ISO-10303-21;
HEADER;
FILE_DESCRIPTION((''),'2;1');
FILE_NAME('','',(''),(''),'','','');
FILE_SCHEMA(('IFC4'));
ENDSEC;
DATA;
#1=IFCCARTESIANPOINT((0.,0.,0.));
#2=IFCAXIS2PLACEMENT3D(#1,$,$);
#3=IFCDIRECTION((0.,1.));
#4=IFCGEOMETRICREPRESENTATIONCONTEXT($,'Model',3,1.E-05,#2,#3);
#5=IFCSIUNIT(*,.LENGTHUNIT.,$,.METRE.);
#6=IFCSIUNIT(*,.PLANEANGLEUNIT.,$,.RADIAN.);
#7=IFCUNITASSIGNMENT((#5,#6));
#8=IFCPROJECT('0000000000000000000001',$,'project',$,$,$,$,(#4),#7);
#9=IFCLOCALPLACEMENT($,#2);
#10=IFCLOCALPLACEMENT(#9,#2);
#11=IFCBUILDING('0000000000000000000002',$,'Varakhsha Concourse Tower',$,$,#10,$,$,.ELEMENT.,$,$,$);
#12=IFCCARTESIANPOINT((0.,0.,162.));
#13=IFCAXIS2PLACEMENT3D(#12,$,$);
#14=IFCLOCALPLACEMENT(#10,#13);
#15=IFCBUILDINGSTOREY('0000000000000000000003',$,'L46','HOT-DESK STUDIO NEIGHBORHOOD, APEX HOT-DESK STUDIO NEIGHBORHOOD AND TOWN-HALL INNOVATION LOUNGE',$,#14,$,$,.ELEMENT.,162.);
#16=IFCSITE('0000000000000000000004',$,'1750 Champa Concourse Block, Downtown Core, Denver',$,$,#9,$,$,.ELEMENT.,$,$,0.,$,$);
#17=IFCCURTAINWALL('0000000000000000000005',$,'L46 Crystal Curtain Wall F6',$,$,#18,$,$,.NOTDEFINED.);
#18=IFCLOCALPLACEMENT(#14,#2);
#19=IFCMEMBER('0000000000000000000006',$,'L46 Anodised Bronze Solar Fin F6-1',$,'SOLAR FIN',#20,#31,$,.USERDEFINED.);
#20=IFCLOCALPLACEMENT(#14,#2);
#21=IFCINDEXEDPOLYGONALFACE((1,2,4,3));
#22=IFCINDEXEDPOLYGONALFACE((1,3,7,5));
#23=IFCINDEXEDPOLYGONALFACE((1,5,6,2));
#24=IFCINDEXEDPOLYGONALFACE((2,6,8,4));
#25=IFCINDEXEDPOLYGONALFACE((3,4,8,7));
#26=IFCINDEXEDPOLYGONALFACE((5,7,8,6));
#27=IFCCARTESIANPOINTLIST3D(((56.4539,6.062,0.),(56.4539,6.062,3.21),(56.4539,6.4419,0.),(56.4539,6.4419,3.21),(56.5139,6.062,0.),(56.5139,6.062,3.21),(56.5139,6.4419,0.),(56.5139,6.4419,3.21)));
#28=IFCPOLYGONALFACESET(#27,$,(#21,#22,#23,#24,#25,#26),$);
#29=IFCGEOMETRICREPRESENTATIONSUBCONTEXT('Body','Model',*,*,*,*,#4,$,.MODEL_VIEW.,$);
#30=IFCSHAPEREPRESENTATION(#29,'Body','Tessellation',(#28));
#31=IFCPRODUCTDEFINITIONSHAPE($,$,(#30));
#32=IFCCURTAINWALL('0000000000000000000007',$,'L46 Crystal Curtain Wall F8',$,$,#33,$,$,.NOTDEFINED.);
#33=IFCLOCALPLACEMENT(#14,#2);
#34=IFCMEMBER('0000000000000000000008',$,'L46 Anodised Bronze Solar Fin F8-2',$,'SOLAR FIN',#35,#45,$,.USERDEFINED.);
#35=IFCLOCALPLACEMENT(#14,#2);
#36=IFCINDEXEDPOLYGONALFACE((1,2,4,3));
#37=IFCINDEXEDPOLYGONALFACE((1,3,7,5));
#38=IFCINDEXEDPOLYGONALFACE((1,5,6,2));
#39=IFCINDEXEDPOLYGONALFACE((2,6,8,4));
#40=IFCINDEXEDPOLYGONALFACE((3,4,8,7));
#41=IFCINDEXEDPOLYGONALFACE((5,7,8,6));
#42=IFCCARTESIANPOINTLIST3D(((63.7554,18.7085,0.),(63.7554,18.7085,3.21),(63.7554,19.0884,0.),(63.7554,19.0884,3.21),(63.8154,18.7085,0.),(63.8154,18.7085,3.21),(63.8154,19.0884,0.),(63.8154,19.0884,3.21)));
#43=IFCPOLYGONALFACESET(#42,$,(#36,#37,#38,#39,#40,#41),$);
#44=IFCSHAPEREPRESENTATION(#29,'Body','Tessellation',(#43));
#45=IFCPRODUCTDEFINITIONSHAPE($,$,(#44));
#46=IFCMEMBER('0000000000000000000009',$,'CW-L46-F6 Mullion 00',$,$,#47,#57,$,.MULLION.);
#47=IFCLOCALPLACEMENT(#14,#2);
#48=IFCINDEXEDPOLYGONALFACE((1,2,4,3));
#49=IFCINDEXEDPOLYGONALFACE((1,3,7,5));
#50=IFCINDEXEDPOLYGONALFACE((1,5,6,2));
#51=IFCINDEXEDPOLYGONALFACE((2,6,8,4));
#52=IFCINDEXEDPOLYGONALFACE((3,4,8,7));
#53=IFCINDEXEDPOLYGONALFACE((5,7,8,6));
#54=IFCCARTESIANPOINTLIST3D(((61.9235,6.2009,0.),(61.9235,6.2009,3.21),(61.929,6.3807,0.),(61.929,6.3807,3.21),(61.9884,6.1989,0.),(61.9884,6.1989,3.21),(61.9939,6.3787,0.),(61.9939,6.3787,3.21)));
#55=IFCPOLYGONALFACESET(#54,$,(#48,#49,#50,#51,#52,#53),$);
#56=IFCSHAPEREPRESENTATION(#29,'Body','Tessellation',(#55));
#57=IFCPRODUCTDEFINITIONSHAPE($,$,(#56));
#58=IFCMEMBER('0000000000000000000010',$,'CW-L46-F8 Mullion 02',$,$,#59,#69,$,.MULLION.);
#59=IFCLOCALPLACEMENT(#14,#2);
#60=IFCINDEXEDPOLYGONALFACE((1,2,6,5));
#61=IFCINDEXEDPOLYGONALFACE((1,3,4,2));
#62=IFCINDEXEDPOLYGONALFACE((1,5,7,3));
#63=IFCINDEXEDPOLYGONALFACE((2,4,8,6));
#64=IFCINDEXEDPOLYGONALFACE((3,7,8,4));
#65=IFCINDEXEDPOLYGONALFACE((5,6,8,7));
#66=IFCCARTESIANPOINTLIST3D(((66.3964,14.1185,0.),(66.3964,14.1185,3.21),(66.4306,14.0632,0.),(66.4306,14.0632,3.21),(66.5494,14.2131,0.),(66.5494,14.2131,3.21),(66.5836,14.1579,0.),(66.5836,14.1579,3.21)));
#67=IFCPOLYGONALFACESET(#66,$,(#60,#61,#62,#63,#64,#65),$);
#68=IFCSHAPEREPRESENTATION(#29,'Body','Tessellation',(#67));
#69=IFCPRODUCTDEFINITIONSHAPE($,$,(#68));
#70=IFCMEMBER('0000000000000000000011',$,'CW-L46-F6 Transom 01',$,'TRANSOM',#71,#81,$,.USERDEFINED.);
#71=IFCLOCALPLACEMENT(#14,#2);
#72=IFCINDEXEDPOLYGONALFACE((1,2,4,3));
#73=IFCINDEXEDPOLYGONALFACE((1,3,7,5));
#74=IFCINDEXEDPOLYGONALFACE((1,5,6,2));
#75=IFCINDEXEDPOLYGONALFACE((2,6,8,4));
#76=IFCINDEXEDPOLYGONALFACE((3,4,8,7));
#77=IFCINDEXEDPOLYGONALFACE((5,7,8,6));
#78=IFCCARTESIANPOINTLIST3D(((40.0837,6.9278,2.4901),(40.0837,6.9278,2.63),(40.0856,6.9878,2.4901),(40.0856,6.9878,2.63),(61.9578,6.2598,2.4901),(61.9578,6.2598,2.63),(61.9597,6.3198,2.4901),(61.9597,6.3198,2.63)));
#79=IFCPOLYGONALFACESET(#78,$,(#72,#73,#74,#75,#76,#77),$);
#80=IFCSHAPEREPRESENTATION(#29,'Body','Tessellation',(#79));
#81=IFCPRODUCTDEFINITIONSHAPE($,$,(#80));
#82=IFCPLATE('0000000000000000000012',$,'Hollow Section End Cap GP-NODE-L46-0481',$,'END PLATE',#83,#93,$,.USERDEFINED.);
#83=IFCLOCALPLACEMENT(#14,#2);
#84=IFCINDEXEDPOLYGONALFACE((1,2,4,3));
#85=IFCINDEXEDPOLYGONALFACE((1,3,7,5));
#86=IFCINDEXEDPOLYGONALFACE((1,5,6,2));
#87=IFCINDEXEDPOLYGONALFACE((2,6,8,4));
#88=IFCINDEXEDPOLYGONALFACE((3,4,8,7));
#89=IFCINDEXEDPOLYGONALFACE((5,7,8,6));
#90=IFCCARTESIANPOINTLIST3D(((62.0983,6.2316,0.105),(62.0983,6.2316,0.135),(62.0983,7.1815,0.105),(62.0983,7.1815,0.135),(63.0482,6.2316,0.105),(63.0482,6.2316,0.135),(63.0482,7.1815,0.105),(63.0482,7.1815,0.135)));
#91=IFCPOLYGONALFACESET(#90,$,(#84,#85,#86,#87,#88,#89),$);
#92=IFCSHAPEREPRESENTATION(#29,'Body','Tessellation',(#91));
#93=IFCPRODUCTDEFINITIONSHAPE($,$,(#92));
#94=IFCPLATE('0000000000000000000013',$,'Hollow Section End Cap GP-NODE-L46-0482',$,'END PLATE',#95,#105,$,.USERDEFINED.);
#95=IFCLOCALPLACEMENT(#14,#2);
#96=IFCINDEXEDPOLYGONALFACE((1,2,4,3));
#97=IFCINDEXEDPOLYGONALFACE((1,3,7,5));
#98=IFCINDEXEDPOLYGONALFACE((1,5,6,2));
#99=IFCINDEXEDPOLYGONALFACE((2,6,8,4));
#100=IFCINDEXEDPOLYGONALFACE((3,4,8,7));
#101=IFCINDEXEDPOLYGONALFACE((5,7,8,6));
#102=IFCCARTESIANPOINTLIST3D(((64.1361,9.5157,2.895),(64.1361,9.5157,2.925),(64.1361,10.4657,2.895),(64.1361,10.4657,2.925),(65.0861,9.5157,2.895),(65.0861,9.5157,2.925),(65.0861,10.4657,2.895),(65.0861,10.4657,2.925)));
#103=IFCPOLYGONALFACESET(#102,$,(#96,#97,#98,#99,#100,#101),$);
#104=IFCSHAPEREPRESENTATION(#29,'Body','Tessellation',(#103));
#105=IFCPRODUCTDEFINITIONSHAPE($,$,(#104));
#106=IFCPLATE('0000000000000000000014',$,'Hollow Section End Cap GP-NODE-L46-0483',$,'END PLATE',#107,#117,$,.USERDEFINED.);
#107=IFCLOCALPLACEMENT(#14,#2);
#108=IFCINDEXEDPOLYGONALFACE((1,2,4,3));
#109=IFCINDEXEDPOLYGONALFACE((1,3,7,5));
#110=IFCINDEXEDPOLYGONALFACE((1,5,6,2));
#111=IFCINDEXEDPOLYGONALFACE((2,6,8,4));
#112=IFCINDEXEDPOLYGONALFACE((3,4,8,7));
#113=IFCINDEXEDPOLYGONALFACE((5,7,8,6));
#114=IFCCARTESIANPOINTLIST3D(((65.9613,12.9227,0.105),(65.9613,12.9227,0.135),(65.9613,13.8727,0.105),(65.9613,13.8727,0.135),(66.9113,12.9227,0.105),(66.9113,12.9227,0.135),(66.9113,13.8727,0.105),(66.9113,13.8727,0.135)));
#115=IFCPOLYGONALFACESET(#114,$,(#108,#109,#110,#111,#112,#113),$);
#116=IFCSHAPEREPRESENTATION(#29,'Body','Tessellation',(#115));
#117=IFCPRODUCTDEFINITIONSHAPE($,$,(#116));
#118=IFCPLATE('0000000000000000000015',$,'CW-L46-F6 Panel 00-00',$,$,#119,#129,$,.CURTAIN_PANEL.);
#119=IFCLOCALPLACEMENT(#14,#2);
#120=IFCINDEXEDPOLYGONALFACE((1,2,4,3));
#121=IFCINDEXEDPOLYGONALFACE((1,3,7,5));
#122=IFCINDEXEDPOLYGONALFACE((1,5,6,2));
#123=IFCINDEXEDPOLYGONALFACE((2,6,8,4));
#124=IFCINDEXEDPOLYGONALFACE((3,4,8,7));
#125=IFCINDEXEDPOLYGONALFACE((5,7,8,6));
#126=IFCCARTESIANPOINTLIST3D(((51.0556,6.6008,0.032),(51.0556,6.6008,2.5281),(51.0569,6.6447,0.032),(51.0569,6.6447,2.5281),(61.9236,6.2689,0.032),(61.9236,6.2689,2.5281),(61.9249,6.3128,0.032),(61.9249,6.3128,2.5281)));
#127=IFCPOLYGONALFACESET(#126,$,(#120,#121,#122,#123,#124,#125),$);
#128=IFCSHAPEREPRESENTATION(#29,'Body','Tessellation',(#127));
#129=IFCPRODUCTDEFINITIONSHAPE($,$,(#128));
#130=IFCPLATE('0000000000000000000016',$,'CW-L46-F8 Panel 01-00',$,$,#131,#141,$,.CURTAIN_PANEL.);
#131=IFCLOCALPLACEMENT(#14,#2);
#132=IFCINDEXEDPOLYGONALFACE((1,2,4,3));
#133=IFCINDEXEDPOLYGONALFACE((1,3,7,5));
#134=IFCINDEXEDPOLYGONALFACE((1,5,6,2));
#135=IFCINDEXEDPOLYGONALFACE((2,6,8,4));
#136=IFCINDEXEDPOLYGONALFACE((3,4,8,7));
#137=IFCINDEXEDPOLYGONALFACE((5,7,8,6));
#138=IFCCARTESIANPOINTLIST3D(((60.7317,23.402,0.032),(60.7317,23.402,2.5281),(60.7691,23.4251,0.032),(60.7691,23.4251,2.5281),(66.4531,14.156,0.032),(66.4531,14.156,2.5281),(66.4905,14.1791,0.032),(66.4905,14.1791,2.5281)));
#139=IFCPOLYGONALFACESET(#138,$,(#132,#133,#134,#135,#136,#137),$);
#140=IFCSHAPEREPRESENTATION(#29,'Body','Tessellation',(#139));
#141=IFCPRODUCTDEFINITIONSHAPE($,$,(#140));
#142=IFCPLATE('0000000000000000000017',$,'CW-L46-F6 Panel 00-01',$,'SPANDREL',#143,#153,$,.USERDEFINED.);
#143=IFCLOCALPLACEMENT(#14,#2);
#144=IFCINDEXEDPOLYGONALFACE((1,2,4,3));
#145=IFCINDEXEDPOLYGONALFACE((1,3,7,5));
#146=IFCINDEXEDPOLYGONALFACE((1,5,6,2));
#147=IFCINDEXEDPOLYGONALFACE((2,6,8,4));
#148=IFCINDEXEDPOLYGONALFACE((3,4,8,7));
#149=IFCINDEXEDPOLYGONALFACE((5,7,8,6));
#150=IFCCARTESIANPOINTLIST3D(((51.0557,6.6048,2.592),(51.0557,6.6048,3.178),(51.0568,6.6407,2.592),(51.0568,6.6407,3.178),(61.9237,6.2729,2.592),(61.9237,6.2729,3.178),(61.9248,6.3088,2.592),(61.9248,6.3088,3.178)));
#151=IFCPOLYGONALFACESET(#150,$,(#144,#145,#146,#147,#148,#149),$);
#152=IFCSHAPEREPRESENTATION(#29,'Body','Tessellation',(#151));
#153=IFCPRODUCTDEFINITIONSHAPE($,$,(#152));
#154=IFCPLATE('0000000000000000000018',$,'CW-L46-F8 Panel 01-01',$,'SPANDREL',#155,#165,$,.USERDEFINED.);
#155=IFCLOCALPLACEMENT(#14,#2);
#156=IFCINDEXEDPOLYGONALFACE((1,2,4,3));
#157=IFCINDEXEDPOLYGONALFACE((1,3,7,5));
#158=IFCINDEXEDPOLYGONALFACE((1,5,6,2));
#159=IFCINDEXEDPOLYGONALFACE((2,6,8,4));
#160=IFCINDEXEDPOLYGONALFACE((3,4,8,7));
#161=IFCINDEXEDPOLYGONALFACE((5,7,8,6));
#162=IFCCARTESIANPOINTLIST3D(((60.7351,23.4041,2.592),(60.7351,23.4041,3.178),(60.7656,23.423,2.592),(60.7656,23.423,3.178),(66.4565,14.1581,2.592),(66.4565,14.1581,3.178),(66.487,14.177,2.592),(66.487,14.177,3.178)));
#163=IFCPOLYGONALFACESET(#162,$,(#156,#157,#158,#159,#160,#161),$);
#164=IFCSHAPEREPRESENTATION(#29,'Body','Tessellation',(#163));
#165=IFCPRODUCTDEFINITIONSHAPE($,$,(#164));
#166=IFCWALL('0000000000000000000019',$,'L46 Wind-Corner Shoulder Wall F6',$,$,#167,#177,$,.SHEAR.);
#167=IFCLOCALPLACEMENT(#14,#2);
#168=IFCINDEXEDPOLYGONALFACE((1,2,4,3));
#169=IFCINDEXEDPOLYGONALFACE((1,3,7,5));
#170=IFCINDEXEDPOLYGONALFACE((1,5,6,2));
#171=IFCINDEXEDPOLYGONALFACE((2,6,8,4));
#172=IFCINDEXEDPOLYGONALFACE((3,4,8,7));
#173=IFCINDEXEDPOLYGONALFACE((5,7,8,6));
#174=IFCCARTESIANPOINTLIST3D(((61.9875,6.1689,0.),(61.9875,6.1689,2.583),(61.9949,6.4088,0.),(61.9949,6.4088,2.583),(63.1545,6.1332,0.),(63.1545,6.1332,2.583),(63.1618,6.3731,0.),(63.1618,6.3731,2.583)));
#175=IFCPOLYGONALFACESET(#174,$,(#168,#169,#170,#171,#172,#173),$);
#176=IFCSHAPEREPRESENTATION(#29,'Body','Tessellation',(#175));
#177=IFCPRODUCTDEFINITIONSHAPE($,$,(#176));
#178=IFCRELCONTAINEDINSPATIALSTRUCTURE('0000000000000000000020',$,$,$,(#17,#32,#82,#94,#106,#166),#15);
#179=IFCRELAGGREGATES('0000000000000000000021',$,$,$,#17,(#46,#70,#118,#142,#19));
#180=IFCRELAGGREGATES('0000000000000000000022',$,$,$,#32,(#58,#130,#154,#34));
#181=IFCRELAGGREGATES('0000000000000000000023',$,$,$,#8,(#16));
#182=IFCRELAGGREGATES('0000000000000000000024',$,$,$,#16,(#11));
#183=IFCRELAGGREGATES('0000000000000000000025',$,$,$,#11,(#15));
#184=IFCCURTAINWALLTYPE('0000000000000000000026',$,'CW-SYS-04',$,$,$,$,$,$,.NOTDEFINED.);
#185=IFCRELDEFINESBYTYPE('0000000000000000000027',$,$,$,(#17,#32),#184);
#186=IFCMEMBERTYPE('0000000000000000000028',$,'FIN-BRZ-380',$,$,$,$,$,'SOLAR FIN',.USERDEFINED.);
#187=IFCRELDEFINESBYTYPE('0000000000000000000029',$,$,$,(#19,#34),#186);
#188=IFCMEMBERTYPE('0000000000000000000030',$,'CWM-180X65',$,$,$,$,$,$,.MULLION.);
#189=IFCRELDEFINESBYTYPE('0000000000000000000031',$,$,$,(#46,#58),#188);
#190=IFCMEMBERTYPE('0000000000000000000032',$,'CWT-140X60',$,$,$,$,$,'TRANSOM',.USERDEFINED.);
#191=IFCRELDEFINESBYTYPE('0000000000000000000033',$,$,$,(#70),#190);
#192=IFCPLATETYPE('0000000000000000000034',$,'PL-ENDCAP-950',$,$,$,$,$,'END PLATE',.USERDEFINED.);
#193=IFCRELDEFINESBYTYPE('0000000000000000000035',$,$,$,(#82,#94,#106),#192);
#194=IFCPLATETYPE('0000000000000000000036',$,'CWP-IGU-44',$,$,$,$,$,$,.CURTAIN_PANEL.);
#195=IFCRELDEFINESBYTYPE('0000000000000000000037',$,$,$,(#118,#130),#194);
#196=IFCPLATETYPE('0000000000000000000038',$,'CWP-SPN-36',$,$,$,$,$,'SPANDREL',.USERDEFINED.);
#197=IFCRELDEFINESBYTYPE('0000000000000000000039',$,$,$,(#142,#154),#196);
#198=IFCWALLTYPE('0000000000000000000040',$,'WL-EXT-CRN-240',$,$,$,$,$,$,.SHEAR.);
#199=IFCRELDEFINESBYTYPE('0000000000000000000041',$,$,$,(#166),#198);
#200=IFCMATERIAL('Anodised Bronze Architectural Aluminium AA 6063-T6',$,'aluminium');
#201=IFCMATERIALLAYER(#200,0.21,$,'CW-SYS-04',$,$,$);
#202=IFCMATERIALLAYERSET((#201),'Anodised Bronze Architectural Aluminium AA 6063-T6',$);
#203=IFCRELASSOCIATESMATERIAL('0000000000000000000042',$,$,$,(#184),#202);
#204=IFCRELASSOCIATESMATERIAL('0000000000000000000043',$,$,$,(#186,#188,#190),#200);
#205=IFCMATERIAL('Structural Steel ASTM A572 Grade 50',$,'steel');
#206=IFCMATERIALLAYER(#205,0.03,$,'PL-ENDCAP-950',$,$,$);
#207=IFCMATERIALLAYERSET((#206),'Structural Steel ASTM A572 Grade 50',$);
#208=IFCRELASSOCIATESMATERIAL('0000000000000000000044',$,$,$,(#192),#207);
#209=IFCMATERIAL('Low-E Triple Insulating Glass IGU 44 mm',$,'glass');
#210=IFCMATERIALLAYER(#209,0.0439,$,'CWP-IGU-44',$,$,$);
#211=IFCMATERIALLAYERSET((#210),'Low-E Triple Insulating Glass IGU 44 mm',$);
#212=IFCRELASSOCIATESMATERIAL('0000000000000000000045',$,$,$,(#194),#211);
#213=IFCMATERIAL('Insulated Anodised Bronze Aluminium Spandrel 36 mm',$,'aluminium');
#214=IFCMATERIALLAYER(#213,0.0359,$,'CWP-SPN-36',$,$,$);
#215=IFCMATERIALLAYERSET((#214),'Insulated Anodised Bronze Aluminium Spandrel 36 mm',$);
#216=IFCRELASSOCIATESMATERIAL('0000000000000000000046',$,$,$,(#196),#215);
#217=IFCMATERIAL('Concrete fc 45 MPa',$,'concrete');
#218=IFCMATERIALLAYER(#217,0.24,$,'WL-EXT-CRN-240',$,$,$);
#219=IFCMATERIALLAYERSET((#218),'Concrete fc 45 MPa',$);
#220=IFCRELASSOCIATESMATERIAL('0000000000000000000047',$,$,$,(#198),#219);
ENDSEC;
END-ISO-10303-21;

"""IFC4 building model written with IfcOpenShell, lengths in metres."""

from ifc_helpers import new_model, si_unit, direction, frame, frame_2d, origin, origin_2d, place, context, subcontext, project, spatial, rectangle, extrude, source, transform, mapped, material, layer, layer_set, material_profile, profile_set, type_object, type_shapes, element, aggregate, save


model = new_model("IFC4")

# Units and contexts
model_context = context("Model", 3, precision=1e-05, world=origin(), true_north=direction((0.0, 1.0)))
body_context = subcontext(model_context, "Body", "Model", "MODEL_VIEW")
ifc_project = project(units=[si_unit("LENGTHUNIT", "METRE"), si_unit("PLANEANGLEUNIT", "RADIAN")], contexts=[model_context])

# Site, building, storey
site_placement = place(None, origin())
site = spatial("IfcSite", under=ifc_project, at=site_placement, Name="1750 Champa Concourse Block, Downtown Core, Denver", CompositionType="ELEMENT", RefElevation=0.0)
building_placement = place(site_placement, origin())
building = spatial("IfcBuilding", under=site, at=building_placement, Name="Varakhsha Concourse Tower", CompositionType="ELEMENT")
storey_placement = place(building_placement, frame((0.0, 0.0, 162.0)))
storey = spatial("IfcBuildingStorey", under=building, at=storey_placement, Name="L46", Description="HOT-DESK STUDIO NEIGHBORHOOD, APEX HOT-DESK STUDIO NEIGHBORHOOD AND TOWN-HALL INNOVATION LOUNGE", CompositionType="ELEMENT", Elevation=162.0)

# Shared definitions
ifc_material_1 = material(Name="Structural Steel ASTM A572 Grade 50", Category="steel")

# Curtain walls, members
ifc_material_2 = material(Name="Anodised Bronze Architectural Aluminium AA 6063-T6", Category="aluminium")
ifc_layer_1 = layer(ifc_material_2, 0.21, Name="CW-SYS-04")
ifc_layer_set_1 = layer_set([ifc_layer_1], Name="Anodised Bronze Architectural Aluminium AA 6063-T6")
curtain_wall_type = type_object("IfcCurtainWallType", Name="CW-SYS-04", PredefinedType="NOTDEFINED", material=ifc_layer_set_1)
curtain_wall_1_placement = place(storey_placement, origin())
curtain_wall_1 = element("IfcCurtainWall", 1, at=curtain_wall_1_placement, inside=storey, type_object=curtain_wall_type, Name="L46 Crystal Curtain Wall F6", PredefinedType="NOTDEFINED")
ifc_material_profile_1 = material_profile(ifc_material_2, rectangle(XDim=0.0601, YDim=0.3799, at=origin_2d()), Name="FIN-BRZ-380")
ifc_profile_set_1 = profile_set([ifc_material_profile_1], Name="Anodised Bronze Architectural Aluminium AA 6063-T6")
member_type_1 = type_object("IfcMemberType", Name="FIN-BRZ-380", ElementType="SOLAR FIN", PredefinedType="USERDEFINED", material=ifc_profile_set_1)
shared_shape_1 = source(origin(), body_context, "Body", "SweptSolid", [
    extrude(rectangle(XDim=0.0601, YDim=0.3799, at=origin_2d()), origin(), (0.0, 0.0, 1.0), 3.21),
])
type_shapes(member_type_1, [shared_shape_1])
member_1_placement = place(storey_placement, frame((56.4839, 6.252, 0.0), z_axis=(0.0, 0.0, 1.0), x_axis=(1.0, 0.0, 0.0)))
member_1 = element("IfcMember", 2, at=member_1_placement, type_object=member_type_1, Name="L46 Anodised Bronze Solar Fin F6-1", ObjectType="SOLAR FIN", PredefinedType="USERDEFINED", context=body_context, shape_type="MappedRepresentation", body=[
    mapped(shared_shape_1, transform((0.0, 0.0, 0.0), scale=1.0)),
])
curtain_wall_2_placement = place(storey_placement, origin())
curtain_wall_2 = element("IfcCurtainWall", 3, at=curtain_wall_2_placement, inside=storey, type_object=curtain_wall_type, Name="L46 Crystal Curtain Wall F8", PredefinedType="NOTDEFINED")
member_2_placement = place(storey_placement, frame((63.7854, 18.8984, 0.0), z_axis=(0.0, 0.0, 1.0), x_axis=(1.0, 0.0, 0.0)))
member_2 = element("IfcMember", 4, at=member_2_placement, type_object=member_type_1, Name="L46 Anodised Bronze Solar Fin F8-2", ObjectType="SOLAR FIN", PredefinedType="USERDEFINED", context=body_context, shape_type="MappedRepresentation", body=[
    mapped(shared_shape_1, transform((0.0, 0.0, 0.0), scale=1.0)),
])

# Members
ifc_material_profile_2 = material_profile(ifc_material_2, rectangle(XDim=0.0649, YDim=0.1799, at=origin_2d()), Name="CWM-180X65")
ifc_profile_set_2 = profile_set([ifc_material_profile_2], Name="Anodised Bronze Architectural Aluminium AA 6063-T6")
member_type_2 = type_object("IfcMemberType", Name="CWM-180X65", PredefinedType="MULLION", material=ifc_profile_set_2)
shared_shape_2 = source(origin(), body_context, "Body", "SweptSolid", [
    extrude(rectangle(XDim=0.0649, YDim=0.1799, at=origin_2d()), origin(), (0.0, 0.0, 1.0), 3.21),
])
type_shapes(member_type_2, [shared_shape_2])
member_3_placement = place(storey_placement, frame((61.9587, 6.2898, 0.0), z_axis=(0.0, 0.0, 1.0), x_axis=(-0.999534, 0.030525, 0.0)))
member_3 = element("IfcMember", 5, at=member_3_placement, type_object=member_type_2, Name="CW-L46-F6 Mullion 00", PredefinedType="MULLION", context=body_context, shape_type="MappedRepresentation", body=[
    mapped(shared_shape_2, transform((0.0, 0.0, 0.0), scale=1.0)),
])
member_4_placement = place(storey_placement, frame((66.49, 14.1382, 0.0), z_axis=(0.0, 0.0, 1.0), x_axis=(0.526199, -0.850361, 0.0)))
member_4 = element("IfcMember", 6, at=member_4_placement, type_object=member_type_2, Name="CW-L46-F8 Mullion 02", PredefinedType="MULLION", context=body_context, shape_type="MappedRepresentation", body=[
    mapped(shared_shape_2, transform((0.0, 0.0, 0.0), scale=1.0)),
])
ifc_material_profile_3 = material_profile(ifc_material_2, rectangle(XDim=0.0601, YDim=0.1399, at=origin_2d()), Name="CWT-140X60")
ifc_profile_set_3 = profile_set([ifc_material_profile_3], Name="Anodised Bronze Architectural Aluminium AA 6063-T6")
member_type_3 = type_object("IfcMemberType", Name="CWT-140X60", ElementType="TRANSOM", PredefinedType="USERDEFINED", material=ifc_profile_set_3)
shared_shape_3 = source(origin(), body_context, "Body", "SweptSolid", [
    extrude(rectangle(XDim=0.0601, YDim=0.1399, at=origin_2d()), origin(), (0.0, 0.0, 1.0), 21.8843),
])
type_shapes(member_type_3, [shared_shape_3])
member_5_placement = place(storey_placement, frame((61.9587, 6.2898, 2.5601), z_axis=(-0.999534, 0.030523, 0.0), x_axis=(-0.030523, -0.999534, 0.0)))
member_5 = element("IfcMember", 7, at=member_5_placement, type_object=member_type_3, Name="CW-L46-F6 Transom 01", ObjectType="TRANSOM", PredefinedType="USERDEFINED", context=body_context, shape_type="MappedRepresentation", body=[
    mapped(shared_shape_3, transform((0.0, 0.0, 0.0), scale=1.0)),
])

# Plates
ifc_layer_2 = layer(ifc_material_1, 0.03, Name="PL-ENDCAP-950")
ifc_layer_set_2 = layer_set([ifc_layer_2], Name="Structural Steel ASTM A572 Grade 50")
plate_type_1 = type_object("IfcPlateType", Name="PL-ENDCAP-950", ElementType="END PLATE", PredefinedType="USERDEFINED", material=ifc_layer_set_2)
shared_shape_4 = source(origin(), body_context, "Body", "SweptSolid", [
    extrude(rectangle(XDim=0.95, YDim=0.95, at=origin_2d()), origin(), (0.0, 0.0, 1.0), 0.03),
])
type_shapes(plate_type_1, [shared_shape_4])
for number, where, z_axis, x_axis, name in (
    (8, (62.5732, 6.7065, 0.105), (0.0, 0.0, 1.0), (1.0, 0.0, 0.0), "Hollow Section End Cap GP-NODE-L46-0481"),
    (9, (64.6111, 9.9907, 2.895), (0.0, 0.0, 1.0), (1.0, 0.0, 0.0), "Hollow Section End Cap GP-NODE-L46-0482"),
    (10, (66.4363, 13.3977, 0.105), (0.0, 0.0, 1.0), (1.0, 0.0, 0.0), "Hollow Section End Cap GP-NODE-L46-0483"),
):
    element("IfcPlate", number, at=place(storey_placement, frame(where, z_axis=z_axis, x_axis=x_axis)), inside=storey, type_object=plate_type_1, Name=name, ObjectType="END PLATE", PredefinedType="USERDEFINED", context=body_context, shape_type="MappedRepresentation", body=[
        mapped(shared_shape_4, transform((0.0, 0.0, 0.0), scale=1.0)),
    ])

# Plates
ifc_material_3 = material(Name="Low-E Triple Insulating Glass IGU 44 mm", Category="glass")
ifc_layer_3 = layer(ifc_material_3, 0.0439, Name="CWP-IGU-44")
ifc_layer_set_3 = layer_set([ifc_layer_3], Name="Low-E Triple Insulating Glass IGU 44 mm")
plate_type_2 = type_object("IfcPlateType", Name="CWP-IGU-44", PredefinedType="CURTAIN_PANEL", material=ifc_layer_set_3)
shared_shape_5 = source(origin(), body_context, "Body", "SweptSolid", [
    extrude(rectangle(XDim=10.873, YDim=0.0439, at=origin_2d()), origin(), (0.0, 0.0, 1.0), 2.4961),
])
type_shapes(plate_type_2, [shared_shape_5])
plate_1_placement = place(storey_placement, frame((56.4902, 6.4568, 0.032), z_axis=(0.0, 0.0, 1.0), x_axis=(-0.999534, 0.030525, 0.0)))
plate_1 = element("IfcPlate", 11, at=plate_1_placement, type_object=plate_type_2, Name="CW-L46-F6 Panel 00-00", PredefinedType="CURTAIN_PANEL", context=body_context, shape_type="MappedRepresentation", body=[
    mapped(shared_shape_5, transform((0.0, 0.0, 0.0), scale=1.0)),
])
plate_2_placement = place(storey_placement, frame((63.6111, 18.7905, 0.032), z_axis=(0.0, 0.0, 1.0), x_axis=(0.526199, -0.850361, 0.0)))
plate_2 = element("IfcPlate", 12, at=plate_2_placement, type_object=plate_type_2, Name="CW-L46-F8 Panel 01-00", PredefinedType="CURTAIN_PANEL", context=body_context, shape_type="MappedRepresentation", body=[
    mapped(shared_shape_5, transform((0.0, 0.0, 0.0), scale=1.0)),
])
ifc_material_4 = material(Name="Insulated Anodised Bronze Aluminium Spandrel 36 mm", Category="aluminium")
ifc_layer_4 = layer(ifc_material_4, 0.0359, Name="CWP-SPN-36")
ifc_layer_set_4 = layer_set([ifc_layer_4], Name="Insulated Anodised Bronze Aluminium Spandrel 36 mm")
plate_type_3 = type_object("IfcPlateType", Name="CWP-SPN-36", ElementType="SPANDREL", PredefinedType="USERDEFINED", material=ifc_layer_set_4)
shared_shape_6 = source(origin(), body_context, "Body", "SweptSolid", [
    extrude(rectangle(XDim=10.873, YDim=0.0359, at=origin_2d()), origin(), (0.0, 0.0, 1.0), 0.5859),
])
type_shapes(plate_type_3, [shared_shape_6])
plate_3_placement = place(storey_placement, frame((56.4902, 6.4568, 2.592), z_axis=(0.0, 0.0, 1.0), x_axis=(-0.999534, 0.030525, 0.0)))
plate_3 = element("IfcPlate", 13, at=plate_3_placement, type_object=plate_type_3, Name="CW-L46-F6 Panel 00-01", ObjectType="SPANDREL", PredefinedType="USERDEFINED", context=body_context, shape_type="MappedRepresentation", body=[
    mapped(shared_shape_6, transform((0.0, 0.0, 0.0), scale=1.0)),
])
aggregate(curtain_wall_1, [member_3, member_5, plate_1, plate_3, member_1])
plate_4_placement = place(storey_placement, frame((63.6111, 18.7905, 2.592), z_axis=(0.0, 0.0, 1.0), x_axis=(0.526199, -0.850361, 0.0)))
plate_4 = element("IfcPlate", 14, at=plate_4_placement, type_object=plate_type_3, Name="CW-L46-F8 Panel 01-01", ObjectType="SPANDREL", PredefinedType="USERDEFINED", context=body_context, shape_type="MappedRepresentation", body=[
    mapped(shared_shape_6, transform((0.0, 0.0, 0.0), scale=1.0)),
])
aggregate(curtain_wall_2, [member_4, plate_2, plate_4, member_2])

# Wall
ifc_material_5 = material(Name="Concrete fc 45 MPa", Category="concrete")
ifc_layer_5 = layer(ifc_material_5, 0.24, Name="WL-EXT-CRN-240")
ifc_layer_set_5 = layer_set([ifc_layer_5], Name="Concrete fc 45 MPa")
wall_type = type_object("IfcWallType", Name="WL-EXT-CRN-240", PredefinedType="SHEAR", material=ifc_layer_set_5)
wall_1_placement = place(storey_placement, frame((61.9912, 6.2888, 0.0), z_axis=(0.0, 0.0, 1.0), x_axis=(0.999534, -0.03053, 0.0)))
element("IfcWall", 15, at=wall_1_placement, inside=storey, type_object=wall_type, Name="L46 Wind-Corner Shoulder Wall F6", PredefinedType="SHEAR", context=body_context, shape_type="SweptSolid", body=[
    extrude(rectangle(XDim=1.1675, YDim=0.24, at=frame_2d((0.5837, 0.0))), origin(), (0.0, 0.0, 1.0), 2.583),
])

save(model, "model.ifc")
